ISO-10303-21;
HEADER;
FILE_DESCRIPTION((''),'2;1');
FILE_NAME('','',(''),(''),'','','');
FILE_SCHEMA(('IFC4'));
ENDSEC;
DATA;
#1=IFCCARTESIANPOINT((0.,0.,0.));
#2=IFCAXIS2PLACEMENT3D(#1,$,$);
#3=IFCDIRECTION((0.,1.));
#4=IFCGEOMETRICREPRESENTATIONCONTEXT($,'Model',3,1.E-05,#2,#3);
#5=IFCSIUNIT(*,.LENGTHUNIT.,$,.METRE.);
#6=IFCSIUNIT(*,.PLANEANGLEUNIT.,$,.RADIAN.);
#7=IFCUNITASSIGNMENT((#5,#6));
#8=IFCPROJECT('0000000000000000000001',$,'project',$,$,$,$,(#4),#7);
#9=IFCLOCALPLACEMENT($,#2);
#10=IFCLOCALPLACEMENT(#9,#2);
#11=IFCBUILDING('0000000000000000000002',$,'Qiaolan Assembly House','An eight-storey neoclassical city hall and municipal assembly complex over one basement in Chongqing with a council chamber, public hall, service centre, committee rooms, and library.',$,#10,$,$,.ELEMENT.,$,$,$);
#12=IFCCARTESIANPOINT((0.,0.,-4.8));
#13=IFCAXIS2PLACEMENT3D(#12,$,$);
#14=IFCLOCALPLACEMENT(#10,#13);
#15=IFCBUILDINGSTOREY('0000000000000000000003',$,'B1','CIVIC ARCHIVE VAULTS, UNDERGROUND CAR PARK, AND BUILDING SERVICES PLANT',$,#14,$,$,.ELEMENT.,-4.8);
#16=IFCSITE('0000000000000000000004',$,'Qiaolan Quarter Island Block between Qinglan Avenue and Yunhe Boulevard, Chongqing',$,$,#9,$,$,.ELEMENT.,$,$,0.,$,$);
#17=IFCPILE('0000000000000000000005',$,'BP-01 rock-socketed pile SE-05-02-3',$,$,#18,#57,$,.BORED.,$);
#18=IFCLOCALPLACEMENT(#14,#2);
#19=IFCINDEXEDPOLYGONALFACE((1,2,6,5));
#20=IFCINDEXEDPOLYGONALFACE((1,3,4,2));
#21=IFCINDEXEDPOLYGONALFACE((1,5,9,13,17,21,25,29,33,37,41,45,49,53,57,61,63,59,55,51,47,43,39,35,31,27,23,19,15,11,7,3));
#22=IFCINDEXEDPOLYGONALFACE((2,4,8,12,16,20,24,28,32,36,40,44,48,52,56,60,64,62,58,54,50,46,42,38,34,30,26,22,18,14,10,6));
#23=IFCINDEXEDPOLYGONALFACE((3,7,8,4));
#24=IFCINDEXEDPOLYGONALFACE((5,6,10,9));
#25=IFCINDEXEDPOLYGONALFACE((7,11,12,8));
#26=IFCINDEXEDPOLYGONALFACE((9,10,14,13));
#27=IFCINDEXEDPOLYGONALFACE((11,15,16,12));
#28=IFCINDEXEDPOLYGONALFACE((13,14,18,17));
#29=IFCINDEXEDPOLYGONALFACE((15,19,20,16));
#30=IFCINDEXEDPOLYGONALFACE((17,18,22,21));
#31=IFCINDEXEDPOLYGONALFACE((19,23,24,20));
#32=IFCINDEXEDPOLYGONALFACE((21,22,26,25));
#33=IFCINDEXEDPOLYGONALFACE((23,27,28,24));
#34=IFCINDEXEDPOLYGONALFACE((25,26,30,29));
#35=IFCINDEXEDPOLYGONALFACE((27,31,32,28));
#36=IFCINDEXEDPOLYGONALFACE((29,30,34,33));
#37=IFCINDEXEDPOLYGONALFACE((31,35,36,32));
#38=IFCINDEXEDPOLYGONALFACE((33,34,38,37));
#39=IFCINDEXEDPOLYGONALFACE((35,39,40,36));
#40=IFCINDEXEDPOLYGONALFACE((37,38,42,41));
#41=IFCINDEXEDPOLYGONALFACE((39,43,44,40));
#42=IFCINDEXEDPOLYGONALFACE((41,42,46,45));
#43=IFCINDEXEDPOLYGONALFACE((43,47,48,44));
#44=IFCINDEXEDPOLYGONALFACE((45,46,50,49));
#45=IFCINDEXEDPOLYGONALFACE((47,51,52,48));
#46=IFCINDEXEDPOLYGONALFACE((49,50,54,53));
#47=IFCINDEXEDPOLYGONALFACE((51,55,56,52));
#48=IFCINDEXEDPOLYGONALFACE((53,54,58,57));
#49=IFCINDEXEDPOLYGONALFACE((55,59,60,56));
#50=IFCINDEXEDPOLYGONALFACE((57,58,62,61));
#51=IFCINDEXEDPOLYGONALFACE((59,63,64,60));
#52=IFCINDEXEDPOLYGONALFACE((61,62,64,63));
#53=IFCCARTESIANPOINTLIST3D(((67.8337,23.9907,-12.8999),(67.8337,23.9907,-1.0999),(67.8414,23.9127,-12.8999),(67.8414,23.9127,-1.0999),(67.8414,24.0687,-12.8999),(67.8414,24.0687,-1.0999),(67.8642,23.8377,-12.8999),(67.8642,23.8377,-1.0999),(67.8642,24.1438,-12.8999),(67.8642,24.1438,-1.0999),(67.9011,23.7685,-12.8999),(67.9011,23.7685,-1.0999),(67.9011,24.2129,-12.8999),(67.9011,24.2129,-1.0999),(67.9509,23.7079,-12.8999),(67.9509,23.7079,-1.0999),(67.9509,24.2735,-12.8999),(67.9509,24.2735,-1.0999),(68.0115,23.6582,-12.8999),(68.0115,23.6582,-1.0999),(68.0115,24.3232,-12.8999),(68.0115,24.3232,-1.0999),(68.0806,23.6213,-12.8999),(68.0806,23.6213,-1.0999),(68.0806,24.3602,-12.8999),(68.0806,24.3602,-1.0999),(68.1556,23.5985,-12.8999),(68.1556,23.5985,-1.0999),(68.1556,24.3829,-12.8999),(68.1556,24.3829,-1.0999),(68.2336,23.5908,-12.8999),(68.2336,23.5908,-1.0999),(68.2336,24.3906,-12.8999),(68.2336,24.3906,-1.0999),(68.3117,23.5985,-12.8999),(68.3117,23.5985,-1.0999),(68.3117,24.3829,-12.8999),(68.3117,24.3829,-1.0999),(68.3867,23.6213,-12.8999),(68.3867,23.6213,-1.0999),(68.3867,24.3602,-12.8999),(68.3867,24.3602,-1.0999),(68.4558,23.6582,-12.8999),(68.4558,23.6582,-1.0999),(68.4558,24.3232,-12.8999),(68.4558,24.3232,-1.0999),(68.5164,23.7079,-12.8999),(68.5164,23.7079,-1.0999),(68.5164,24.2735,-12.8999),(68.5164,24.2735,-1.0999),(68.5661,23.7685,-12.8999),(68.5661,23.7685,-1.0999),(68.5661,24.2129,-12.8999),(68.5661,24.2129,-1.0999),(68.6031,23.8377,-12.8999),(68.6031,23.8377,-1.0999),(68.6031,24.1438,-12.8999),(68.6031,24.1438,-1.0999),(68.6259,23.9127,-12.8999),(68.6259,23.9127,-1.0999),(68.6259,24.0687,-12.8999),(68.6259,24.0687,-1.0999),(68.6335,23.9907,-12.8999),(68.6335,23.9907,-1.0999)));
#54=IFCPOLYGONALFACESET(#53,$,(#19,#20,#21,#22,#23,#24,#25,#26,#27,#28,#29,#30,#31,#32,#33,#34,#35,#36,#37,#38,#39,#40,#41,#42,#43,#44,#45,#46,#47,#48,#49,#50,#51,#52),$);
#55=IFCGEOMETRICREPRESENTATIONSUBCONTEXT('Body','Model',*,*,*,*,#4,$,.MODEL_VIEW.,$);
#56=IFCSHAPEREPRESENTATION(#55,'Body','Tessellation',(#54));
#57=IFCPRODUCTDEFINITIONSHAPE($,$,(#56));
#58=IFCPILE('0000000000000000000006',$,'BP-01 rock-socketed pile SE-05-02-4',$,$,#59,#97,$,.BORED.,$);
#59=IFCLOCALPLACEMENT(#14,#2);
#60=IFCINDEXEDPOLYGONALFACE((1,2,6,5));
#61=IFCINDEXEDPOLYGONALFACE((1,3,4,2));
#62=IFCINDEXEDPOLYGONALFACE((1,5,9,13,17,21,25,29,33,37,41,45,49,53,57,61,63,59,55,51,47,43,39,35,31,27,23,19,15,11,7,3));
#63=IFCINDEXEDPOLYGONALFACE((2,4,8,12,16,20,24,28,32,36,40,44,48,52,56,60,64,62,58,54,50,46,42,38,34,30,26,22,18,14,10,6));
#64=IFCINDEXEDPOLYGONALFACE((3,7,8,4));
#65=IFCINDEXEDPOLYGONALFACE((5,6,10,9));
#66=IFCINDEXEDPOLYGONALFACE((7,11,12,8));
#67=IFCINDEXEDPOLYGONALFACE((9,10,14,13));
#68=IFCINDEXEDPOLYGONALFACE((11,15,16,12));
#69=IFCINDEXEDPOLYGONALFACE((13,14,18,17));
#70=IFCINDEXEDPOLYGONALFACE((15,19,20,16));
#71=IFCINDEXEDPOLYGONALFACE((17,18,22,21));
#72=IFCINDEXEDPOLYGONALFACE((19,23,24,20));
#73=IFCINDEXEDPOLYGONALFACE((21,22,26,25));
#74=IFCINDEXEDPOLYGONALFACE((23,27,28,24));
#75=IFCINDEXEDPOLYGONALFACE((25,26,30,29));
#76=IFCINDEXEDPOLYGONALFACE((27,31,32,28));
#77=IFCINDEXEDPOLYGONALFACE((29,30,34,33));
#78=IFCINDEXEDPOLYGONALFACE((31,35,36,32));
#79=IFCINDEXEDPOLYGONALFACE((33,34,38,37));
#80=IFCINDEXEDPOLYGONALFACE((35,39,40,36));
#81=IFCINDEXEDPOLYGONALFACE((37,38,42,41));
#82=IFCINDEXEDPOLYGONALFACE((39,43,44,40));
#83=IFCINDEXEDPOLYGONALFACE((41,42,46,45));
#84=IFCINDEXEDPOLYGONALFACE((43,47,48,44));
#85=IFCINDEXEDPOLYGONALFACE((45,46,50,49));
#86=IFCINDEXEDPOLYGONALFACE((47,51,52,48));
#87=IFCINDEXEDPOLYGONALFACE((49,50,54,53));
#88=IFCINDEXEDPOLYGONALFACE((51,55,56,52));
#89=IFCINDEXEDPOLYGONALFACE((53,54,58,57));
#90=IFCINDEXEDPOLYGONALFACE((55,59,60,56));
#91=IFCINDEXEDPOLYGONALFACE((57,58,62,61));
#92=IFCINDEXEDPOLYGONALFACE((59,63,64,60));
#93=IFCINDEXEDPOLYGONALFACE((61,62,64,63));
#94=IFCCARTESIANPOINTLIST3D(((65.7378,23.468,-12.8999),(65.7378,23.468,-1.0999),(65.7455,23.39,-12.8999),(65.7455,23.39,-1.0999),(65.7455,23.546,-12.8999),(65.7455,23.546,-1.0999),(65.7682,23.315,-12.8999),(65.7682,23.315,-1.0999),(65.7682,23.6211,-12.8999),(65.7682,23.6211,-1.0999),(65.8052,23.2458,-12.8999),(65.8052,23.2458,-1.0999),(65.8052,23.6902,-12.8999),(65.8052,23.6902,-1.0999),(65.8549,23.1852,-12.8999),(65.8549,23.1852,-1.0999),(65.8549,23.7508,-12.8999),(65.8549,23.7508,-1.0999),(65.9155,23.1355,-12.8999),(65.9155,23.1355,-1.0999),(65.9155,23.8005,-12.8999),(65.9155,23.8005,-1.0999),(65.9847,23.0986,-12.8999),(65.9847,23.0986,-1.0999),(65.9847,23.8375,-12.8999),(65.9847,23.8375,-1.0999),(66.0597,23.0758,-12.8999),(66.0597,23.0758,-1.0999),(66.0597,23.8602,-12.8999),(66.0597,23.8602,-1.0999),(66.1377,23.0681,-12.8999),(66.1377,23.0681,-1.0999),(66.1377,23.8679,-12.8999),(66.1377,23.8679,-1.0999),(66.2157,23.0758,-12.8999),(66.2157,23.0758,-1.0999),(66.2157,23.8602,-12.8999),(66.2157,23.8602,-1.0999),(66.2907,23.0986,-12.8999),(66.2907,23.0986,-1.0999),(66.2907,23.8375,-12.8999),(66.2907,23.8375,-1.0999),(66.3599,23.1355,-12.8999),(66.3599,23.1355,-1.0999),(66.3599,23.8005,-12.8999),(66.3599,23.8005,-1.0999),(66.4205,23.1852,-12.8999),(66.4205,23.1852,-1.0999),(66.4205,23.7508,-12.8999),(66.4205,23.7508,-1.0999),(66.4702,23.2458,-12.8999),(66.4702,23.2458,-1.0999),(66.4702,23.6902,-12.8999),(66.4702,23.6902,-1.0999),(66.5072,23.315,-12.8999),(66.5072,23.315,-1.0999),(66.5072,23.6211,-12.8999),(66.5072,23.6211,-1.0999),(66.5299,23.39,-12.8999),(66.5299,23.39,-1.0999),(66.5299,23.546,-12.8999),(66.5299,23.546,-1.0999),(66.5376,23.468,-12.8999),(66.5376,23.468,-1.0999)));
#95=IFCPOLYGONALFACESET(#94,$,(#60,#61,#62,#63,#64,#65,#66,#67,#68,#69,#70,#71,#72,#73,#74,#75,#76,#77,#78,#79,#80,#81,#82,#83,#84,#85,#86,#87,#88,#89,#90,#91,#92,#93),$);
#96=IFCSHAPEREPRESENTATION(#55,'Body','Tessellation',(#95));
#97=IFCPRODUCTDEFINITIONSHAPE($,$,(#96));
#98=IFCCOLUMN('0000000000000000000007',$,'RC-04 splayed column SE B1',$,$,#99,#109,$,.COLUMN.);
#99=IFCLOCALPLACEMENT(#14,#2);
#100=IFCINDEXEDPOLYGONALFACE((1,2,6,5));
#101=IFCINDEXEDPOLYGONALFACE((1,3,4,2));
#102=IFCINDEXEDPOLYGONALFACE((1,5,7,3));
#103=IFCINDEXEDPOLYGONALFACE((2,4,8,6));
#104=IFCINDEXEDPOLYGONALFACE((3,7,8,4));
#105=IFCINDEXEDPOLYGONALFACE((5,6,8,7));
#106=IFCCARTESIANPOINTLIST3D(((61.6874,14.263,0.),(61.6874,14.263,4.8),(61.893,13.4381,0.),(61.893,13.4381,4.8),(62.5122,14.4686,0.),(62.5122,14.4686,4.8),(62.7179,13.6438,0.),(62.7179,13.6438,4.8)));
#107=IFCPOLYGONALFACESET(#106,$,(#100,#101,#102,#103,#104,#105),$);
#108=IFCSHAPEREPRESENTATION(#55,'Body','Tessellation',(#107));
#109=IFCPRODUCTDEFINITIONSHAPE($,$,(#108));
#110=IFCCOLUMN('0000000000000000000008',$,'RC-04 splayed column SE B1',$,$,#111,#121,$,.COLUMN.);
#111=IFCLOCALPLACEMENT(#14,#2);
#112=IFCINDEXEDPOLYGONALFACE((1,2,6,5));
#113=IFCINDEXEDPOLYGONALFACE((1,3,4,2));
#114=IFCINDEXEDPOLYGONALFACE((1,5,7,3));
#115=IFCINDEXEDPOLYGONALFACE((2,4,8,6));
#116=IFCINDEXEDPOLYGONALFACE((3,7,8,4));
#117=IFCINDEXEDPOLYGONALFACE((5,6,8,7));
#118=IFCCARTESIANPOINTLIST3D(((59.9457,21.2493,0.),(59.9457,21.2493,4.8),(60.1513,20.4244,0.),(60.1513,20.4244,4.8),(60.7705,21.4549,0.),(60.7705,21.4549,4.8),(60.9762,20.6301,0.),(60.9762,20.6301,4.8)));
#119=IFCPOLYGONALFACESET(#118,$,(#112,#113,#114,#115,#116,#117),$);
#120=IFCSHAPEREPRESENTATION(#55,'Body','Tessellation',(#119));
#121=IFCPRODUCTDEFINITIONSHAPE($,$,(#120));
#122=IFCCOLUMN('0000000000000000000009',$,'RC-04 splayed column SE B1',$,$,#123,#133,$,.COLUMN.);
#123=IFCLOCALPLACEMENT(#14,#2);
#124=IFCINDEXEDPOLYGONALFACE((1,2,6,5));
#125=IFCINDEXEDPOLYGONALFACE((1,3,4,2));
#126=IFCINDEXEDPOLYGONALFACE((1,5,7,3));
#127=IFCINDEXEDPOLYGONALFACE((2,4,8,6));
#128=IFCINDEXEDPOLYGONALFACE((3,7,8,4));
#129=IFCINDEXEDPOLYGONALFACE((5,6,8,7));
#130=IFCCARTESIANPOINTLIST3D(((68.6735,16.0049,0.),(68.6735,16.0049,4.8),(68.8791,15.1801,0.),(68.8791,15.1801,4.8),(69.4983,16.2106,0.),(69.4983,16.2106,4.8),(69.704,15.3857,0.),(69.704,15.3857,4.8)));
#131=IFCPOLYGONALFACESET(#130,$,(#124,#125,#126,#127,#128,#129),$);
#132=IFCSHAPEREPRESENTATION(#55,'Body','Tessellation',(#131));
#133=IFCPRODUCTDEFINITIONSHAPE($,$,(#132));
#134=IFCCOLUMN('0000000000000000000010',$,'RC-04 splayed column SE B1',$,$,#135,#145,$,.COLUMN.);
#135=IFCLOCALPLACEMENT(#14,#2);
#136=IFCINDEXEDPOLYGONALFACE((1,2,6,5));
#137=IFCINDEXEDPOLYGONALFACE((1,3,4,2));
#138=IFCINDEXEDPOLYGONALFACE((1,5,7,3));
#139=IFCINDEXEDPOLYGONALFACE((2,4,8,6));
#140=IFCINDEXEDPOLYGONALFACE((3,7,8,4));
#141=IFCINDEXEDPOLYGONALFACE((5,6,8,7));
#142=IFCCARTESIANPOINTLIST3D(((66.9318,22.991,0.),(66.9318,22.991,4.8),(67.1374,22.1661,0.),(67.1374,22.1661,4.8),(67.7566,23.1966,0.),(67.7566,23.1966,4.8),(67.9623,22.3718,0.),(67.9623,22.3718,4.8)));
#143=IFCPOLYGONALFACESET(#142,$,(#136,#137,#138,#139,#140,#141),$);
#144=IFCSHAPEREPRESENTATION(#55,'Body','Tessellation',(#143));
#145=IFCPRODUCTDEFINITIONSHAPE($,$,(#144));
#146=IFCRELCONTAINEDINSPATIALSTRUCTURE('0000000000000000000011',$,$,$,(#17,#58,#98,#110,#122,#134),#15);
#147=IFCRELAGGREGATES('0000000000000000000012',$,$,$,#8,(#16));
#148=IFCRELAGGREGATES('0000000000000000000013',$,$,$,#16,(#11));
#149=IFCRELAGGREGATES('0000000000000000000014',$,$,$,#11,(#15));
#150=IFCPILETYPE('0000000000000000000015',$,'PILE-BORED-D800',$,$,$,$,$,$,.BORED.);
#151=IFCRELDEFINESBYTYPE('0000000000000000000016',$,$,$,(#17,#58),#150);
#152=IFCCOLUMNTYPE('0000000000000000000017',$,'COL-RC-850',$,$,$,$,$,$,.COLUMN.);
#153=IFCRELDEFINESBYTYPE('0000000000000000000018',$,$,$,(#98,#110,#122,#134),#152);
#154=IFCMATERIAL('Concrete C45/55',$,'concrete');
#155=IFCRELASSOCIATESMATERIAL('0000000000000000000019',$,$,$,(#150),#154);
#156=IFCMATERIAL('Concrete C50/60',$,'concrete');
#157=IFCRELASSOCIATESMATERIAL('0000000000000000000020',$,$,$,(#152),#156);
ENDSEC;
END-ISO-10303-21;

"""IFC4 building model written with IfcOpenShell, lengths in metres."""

from ifc_helpers import new_model, si_unit, direction, frame, origin, origin_2d, place, context, subcontext, project, spatial, rectangle, circle, extrude, material, material_profile, profile_set, type_object, element, save


model = new_model("IFC4")

# Units and contexts
model_context = context("Model", 3, precision=1e-05, world=origin(), true_north=direction((0.0, 1.0)))
body_context = subcontext(model_context, "Body", "Model", "MODEL_VIEW")
ifc_project = project(units=[si_unit("LENGTHUNIT", "METRE"), si_unit("PLANEANGLEUNIT", "RADIAN")], contexts=[model_context])

# Site, building, storey
site_placement = place(None, origin())
site = spatial("IfcSite", under=ifc_project, at=site_placement, Name="Qiaolan Quarter Island Block between Qinglan Avenue and Yunhe Boulevard, Chongqing", CompositionType="ELEMENT", RefElevation=0.0)
building_placement = place(site_placement, origin())
building = spatial("IfcBuilding", under=site, at=building_placement, Name="Qiaolan Assembly House", Description="An eight-storey neoclassical city hall and municipal assembly complex over one basement in Chongqing with a council chamber, public hall, service centre, committee rooms, and library.", CompositionType="ELEMENT")
storey_placement = place(building_placement, frame((0.0, 0.0, -4.8)))
storey = spatial("IfcBuildingStorey", under=building, at=storey_placement, Name="B1", Description="CIVIC ARCHIVE VAULTS, UNDERGROUND CAR PARK, AND BUILDING SERVICES PLANT", CompositionType="ELEMENT", Elevation=-4.8)

# Piles
ifc_material_1 = material(Name="Concrete C45/55", Category="concrete")
ifc_material_profile_1 = material_profile(ifc_material_1, circle(Radius=0.3999, at=origin_2d()), Name="PILE D800")
ifc_profile_set_1 = profile_set([ifc_material_profile_1], Name="Concrete C45/55")
pile_type = type_object("IfcPileType", Name="PILE-BORED-D800", PredefinedType="BORED", material=ifc_profile_set_1)
for number, where, z_axis, x_axis, name in (
    (1, (68.2336, 23.9907, -1.0999), (0.0, 0.0, -1.0), (1.0, 0.0, 0.0), "BP-01 rock-socketed pile SE-05-02-3"),
    (2, (66.1377, 23.468, -1.0999), (0.0, 0.0, -1.0), (1.0, 0.0, 0.0), "BP-01 rock-socketed pile SE-05-02-4"),
):
    element("IfcPile", number, at=place(storey_placement, frame(where, z_axis=z_axis, x_axis=x_axis)), inside=storey, type_object=pile_type, Name=name, PredefinedType="BORED", context=body_context, shape_type="SweptSolid", body=[
        extrude(circle(Radius=0.3999, at=origin_2d()), origin(), (0.0, 0.0, 1.0), 11.8),
    ])

# Columns
ifc_material_2 = material(Name="Concrete C50/60", Category="concrete")
ifc_material_profile_2 = material_profile(ifc_material_2, rectangle(XDim=0.8501, YDim=0.8501, at=origin_2d()), Name="RC 850x850")
ifc_profile_set_2 = profile_set([ifc_material_profile_2], Name="Concrete C50/60")
column_type = type_object("IfcColumnType", Name="COL-RC-850", PredefinedType="COLUMN", material=ifc_profile_set_2)
for number, where, z_axis, x_axis, name in (
    (3, (62.2026, 13.9534, 0.0), (0.0, 0.0, 1.0), (0.970296, 0.241922, 0.0), "RC-04 splayed column SE B1"),
    (4, (60.4609, 20.9397, 0.0), (0.0, 0.0, 1.0), (0.970296, 0.241922, 0.0), "RC-04 splayed column SE B1"),
    (5, (69.1887, 15.6953, 0.0), (0.0, 0.0, 1.0), (0.970296, 0.241922, 0.0), "RC-04 splayed column SE B1"),
    (6, (67.447, 22.6814, 0.0), (0.0, 0.0, 1.0), (0.970296, 0.241922, 0.0), "RC-04 splayed column SE B1"),
):
    element("IfcColumn", number, at=place(storey_placement, frame(where, z_axis=z_axis, x_axis=x_axis)), inside=storey, type_object=column_type, Name=name, PredefinedType="COLUMN", context=body_context, shape_type="SweptSolid", body=[
        extrude(rectangle(XDim=0.8501, YDim=0.8501, at=origin_2d()), origin(), (0.0, 0.0, 1.0), 4.8),
    ])

save(model, "model.ifc")
